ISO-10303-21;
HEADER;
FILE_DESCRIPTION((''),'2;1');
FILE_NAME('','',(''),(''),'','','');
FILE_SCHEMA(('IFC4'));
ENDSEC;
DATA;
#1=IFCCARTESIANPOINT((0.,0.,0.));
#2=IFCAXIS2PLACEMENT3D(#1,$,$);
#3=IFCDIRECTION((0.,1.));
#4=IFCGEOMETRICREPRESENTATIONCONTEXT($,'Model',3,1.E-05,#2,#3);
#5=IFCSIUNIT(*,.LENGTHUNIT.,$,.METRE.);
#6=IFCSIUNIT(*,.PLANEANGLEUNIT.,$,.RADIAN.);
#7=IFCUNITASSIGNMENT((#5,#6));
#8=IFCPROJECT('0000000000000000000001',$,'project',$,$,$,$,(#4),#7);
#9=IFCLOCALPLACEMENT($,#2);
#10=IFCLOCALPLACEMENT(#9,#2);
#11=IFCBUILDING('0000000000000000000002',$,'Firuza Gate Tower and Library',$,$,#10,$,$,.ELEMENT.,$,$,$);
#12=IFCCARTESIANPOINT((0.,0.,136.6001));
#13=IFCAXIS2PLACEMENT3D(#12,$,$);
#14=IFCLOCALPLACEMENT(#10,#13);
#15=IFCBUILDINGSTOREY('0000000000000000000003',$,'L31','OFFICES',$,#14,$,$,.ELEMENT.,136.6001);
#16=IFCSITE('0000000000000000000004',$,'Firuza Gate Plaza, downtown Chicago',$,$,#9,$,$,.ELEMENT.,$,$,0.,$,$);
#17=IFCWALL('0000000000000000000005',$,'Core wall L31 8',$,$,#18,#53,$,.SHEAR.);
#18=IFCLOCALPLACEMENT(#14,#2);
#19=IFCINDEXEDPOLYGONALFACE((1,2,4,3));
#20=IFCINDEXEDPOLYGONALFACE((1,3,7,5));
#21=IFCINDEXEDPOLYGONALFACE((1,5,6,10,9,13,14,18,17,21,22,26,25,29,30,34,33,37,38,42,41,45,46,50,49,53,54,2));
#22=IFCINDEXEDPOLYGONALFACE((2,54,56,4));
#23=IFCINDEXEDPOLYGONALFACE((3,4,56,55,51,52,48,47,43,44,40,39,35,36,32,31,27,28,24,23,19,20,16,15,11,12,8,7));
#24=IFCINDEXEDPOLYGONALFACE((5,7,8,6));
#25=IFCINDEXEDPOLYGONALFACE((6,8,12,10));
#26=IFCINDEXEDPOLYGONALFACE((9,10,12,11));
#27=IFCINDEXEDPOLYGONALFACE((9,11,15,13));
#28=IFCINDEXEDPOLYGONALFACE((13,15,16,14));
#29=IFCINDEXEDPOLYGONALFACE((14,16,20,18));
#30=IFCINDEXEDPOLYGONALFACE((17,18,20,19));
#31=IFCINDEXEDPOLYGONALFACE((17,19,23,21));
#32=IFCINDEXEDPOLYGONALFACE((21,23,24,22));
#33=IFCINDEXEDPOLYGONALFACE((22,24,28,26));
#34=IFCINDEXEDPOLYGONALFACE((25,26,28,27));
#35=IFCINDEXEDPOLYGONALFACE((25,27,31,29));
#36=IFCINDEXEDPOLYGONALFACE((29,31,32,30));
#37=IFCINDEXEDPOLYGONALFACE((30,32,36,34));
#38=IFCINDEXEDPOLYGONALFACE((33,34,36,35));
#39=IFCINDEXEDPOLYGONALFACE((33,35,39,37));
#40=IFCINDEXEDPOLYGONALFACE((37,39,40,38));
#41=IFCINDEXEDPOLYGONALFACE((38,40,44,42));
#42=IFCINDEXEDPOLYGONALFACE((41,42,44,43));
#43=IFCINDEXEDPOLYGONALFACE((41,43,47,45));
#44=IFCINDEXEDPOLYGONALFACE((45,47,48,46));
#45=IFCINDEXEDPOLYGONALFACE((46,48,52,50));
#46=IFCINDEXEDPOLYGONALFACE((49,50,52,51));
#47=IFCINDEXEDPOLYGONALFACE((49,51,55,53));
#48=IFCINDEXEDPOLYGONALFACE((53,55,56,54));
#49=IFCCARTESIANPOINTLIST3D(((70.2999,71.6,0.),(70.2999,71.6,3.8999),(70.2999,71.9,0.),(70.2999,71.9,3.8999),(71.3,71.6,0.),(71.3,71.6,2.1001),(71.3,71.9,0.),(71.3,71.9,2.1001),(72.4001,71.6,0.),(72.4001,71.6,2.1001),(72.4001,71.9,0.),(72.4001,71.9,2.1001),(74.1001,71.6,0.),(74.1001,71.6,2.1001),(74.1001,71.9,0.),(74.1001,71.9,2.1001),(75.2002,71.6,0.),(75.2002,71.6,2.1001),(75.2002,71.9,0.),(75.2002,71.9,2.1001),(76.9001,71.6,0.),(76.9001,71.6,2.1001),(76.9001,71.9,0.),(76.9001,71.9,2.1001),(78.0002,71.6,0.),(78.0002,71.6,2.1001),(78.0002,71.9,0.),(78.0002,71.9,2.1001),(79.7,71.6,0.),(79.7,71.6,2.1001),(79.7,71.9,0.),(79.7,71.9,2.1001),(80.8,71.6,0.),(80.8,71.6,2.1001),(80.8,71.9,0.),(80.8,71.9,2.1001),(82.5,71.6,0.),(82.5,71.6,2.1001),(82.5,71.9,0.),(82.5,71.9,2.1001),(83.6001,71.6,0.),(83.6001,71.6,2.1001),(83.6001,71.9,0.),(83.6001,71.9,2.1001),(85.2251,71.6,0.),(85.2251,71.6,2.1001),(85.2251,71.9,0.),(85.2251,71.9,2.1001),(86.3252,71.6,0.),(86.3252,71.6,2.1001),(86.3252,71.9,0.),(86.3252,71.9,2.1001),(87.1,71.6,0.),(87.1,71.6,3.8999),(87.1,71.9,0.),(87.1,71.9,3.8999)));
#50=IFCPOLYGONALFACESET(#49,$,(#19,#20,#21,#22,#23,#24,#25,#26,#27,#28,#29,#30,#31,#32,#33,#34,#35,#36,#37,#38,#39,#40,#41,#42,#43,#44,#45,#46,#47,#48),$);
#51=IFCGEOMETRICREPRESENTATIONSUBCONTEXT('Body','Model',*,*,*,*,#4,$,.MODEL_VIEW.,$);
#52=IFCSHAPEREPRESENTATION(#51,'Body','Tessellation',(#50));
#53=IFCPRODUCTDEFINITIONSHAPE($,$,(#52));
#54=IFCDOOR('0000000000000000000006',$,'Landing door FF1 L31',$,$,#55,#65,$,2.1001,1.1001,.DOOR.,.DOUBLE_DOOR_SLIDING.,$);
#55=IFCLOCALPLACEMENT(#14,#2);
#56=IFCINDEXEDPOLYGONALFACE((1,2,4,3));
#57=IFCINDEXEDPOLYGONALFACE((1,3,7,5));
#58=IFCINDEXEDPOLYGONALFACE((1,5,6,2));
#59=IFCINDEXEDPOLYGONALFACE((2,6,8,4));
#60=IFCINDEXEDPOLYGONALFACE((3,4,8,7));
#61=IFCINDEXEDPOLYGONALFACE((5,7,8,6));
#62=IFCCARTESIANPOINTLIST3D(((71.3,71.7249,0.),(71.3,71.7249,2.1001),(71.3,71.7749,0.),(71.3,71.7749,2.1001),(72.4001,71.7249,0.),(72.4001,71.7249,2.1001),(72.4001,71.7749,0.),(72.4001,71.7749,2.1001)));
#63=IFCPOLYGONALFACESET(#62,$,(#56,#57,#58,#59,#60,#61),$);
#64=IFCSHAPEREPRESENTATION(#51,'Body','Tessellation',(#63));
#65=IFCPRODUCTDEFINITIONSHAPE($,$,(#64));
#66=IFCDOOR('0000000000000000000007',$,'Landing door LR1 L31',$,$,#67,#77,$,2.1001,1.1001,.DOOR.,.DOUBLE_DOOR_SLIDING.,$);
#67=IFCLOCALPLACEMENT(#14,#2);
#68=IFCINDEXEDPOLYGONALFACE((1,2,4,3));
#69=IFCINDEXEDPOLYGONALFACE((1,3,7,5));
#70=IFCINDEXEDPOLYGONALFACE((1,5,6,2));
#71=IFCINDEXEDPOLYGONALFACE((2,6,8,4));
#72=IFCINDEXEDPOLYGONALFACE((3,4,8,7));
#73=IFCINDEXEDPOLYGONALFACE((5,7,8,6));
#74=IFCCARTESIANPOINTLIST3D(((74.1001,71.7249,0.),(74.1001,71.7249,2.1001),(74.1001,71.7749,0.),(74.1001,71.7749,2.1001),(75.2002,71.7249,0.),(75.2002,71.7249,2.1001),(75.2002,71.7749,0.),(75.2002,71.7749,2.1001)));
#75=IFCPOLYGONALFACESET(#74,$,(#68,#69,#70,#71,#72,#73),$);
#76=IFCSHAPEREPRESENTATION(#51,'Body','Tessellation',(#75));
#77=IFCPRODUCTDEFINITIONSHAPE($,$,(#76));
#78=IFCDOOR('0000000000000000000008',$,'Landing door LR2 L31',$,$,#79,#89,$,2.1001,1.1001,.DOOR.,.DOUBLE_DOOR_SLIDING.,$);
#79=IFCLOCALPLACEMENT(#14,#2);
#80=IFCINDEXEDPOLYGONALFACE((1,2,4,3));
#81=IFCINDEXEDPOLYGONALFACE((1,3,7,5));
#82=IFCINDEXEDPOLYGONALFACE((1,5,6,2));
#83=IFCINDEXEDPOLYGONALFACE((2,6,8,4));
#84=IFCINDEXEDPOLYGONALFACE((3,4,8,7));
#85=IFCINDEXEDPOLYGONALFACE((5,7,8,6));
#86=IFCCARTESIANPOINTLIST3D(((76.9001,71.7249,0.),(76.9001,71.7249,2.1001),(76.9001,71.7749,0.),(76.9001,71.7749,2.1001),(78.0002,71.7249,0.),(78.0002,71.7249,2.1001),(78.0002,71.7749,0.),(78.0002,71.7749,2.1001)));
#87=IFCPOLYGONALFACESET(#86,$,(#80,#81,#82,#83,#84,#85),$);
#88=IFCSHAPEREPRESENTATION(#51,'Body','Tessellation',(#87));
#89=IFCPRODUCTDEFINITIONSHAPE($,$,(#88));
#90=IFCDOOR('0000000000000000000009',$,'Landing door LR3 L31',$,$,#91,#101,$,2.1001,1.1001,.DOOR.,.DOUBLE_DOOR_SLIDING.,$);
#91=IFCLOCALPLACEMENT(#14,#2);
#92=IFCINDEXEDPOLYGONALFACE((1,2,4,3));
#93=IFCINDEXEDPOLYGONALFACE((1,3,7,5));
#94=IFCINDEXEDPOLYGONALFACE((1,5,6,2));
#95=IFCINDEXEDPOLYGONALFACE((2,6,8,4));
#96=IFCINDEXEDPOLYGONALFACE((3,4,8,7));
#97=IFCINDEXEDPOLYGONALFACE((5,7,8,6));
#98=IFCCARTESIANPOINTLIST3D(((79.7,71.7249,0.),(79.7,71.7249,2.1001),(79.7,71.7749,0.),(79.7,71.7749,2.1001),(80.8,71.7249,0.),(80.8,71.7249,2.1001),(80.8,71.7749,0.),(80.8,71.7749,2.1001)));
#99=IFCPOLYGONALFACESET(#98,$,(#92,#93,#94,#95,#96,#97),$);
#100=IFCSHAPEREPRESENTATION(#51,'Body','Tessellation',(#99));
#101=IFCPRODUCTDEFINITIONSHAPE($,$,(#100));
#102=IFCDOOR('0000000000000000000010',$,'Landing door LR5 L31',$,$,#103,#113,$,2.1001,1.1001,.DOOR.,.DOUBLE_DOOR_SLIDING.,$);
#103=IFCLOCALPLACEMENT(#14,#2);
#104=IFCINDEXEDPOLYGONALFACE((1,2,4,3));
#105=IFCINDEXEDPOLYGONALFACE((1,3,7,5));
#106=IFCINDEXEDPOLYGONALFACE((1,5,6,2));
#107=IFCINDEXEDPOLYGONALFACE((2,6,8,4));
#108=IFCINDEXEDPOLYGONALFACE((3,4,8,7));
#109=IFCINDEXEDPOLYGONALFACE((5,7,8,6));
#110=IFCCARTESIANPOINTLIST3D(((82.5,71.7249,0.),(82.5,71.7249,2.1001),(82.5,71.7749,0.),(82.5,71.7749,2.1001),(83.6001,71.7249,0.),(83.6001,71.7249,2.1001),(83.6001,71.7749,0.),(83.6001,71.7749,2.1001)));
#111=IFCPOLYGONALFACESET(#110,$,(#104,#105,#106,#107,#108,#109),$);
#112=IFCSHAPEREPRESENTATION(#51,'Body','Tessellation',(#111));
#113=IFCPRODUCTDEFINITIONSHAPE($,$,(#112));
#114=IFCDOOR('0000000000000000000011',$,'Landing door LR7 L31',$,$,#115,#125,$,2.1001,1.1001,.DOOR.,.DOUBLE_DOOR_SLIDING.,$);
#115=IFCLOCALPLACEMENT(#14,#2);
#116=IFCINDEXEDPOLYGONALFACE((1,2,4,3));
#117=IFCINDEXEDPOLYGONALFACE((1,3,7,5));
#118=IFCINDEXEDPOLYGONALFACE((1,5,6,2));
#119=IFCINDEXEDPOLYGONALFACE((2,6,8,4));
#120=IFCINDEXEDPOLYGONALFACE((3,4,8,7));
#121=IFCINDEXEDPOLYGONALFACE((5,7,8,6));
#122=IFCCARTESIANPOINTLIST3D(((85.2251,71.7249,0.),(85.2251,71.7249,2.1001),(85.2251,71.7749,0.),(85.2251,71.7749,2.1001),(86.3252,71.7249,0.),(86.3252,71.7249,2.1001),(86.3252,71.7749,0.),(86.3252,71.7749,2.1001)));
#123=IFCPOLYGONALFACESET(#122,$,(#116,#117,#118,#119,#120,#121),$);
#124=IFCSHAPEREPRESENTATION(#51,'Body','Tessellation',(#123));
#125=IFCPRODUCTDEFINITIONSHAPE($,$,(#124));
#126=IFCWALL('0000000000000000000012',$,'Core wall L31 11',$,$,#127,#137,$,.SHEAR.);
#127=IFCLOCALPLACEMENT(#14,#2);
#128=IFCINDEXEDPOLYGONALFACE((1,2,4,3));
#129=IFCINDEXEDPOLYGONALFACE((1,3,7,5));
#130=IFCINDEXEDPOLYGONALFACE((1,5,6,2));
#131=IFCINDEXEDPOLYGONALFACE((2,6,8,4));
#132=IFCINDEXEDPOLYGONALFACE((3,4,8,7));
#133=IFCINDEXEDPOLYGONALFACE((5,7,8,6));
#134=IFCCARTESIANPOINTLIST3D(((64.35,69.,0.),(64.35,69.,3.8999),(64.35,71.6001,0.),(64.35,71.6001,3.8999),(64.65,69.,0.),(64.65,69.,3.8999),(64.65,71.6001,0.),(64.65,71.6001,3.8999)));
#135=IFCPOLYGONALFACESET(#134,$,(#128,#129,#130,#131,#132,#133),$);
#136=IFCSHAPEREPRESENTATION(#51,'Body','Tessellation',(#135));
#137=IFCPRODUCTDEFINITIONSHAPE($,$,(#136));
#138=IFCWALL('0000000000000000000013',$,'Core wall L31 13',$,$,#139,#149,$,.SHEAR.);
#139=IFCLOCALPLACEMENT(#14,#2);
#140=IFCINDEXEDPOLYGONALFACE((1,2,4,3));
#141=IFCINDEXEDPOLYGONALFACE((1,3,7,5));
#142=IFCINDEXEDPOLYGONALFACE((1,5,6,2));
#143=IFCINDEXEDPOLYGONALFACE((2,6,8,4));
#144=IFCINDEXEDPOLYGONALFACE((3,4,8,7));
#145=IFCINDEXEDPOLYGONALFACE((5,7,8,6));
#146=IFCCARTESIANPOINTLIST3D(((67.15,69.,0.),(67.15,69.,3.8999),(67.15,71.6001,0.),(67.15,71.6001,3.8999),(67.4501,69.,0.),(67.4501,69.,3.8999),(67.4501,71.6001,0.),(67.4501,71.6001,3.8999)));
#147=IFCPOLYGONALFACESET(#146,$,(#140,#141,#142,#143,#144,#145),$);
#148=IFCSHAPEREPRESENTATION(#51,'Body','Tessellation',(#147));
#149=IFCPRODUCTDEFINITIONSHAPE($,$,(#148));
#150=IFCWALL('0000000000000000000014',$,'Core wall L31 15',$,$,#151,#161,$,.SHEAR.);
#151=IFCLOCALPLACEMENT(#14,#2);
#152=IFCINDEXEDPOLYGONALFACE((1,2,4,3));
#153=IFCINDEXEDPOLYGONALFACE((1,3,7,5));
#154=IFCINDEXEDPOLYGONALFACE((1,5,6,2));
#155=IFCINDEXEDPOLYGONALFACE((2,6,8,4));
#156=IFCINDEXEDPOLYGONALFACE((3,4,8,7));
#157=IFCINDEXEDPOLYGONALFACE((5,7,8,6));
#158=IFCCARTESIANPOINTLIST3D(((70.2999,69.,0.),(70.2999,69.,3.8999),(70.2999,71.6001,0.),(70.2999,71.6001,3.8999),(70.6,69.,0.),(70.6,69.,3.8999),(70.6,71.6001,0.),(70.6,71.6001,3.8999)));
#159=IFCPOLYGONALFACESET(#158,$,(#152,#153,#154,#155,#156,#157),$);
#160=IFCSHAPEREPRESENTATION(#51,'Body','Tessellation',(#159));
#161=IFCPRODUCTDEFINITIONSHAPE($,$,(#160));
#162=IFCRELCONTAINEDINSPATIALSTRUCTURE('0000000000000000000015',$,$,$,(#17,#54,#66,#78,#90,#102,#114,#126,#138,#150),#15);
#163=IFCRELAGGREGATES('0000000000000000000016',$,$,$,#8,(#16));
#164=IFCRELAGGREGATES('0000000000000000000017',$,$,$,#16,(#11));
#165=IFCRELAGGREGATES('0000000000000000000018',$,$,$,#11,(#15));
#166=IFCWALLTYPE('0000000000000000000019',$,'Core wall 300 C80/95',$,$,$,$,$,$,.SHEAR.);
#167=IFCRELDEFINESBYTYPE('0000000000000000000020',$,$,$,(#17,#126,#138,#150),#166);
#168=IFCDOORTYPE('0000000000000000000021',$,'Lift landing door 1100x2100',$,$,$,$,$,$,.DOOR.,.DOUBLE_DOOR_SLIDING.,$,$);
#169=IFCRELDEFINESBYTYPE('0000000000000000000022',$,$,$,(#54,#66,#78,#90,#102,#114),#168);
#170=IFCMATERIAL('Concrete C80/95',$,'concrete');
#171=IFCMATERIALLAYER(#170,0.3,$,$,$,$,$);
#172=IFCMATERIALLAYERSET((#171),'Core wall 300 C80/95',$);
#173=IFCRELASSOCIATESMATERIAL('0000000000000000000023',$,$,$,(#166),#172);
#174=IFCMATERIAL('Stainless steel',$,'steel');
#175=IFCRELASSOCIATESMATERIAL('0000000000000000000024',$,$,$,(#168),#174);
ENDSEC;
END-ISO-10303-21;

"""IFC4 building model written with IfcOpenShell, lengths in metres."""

from ifc_helpers import new_model, si_unit, direction, frame, frame_2d, origin, place, context, subcontext, project, spatial, rectangle, extrude, material, layer, layer_set, type_object, element, fill, save


model = new_model("IFC4")

# Units and contexts
model_context = context("Model", 3, precision=1e-05, world=origin(), true_north=direction((0.0, 1.0)))
body_context = subcontext(model_context, "Body", "Model", "MODEL_VIEW")
ifc_project = project(units=[si_unit("LENGTHUNIT", "METRE"), si_unit("PLANEANGLEUNIT", "RADIAN")], contexts=[model_context])

# Site, building, storey
site_placement = place(None, origin())
site = spatial("IfcSite", under=ifc_project, at=site_placement, Name="Firuza Gate Plaza, downtown Chicago", CompositionType="ELEMENT", RefElevation=0.0)
building_placement = place(site_placement, origin())
building = spatial("IfcBuilding", under=site, at=building_placement, Name="Firuza Gate Tower and Library", CompositionType="ELEMENT")
storey_placement = place(building_placement, frame((0.0, 0.0, 136.6001)))
storey = spatial("IfcBuildingStorey", under=building, at=storey_placement, Name="L31", Description="OFFICES", CompositionType="ELEMENT", Elevation=136.6001)

# Shared definitions
ifc_material_1 = material(Name="Concrete C80/95", Category="concrete")
ifc_layer_1 = layer(ifc_material_1, 0.3)
ifc_layer_set_1 = layer_set([ifc_layer_1], Name="Core wall 300 C80/95")
wall_type_1 = type_object("IfcWallType", Name="Core wall 300 C80/95", PredefinedType="SHEAR", material=ifc_layer_set_1)

# Wall, openings, doors
wall_1_placement = place(storey_placement, frame((70.3, 71.75, 0.0), z_axis=(0.0, 0.0, 1.0), x_axis=(1.0, 0.0, 0.0)))
wall_1 = element("IfcWall", 1, at=wall_1_placement, inside=storey, type_object=wall_type_1, Name="Core wall L31 8", PredefinedType="SHEAR", context=body_context, shape_type="SweptSolid", body=[
    extrude(rectangle(XDim=16.8, YDim=0.3, at=frame_2d((8.3999, 0.0))), origin(), (0.0, 0.0, 1.0), 3.8999),
])
opening_1_placement = place(wall_1_placement, frame((1.0, 0.0, 0.0)))
opening_1 = element("IfcOpeningElement", 2, at=opening_1_placement, cuts=wall_1, PredefinedType="OPENING", context=body_context, shape_type="SweptSolid", body=[
    extrude(rectangle(XDim=1.1001, YDim=2.1001, at=frame_2d((0.55, 1.05))), frame((0.0, 0.1602, 0.0), z_axis=(0.0, -1.0, 0.0), x_axis=(1.0, 0.0, 0.0)), (0.0, 0.0, 1.0), 0.3201),
])
opening_2_placement = place(wall_1_placement, frame((3.8, 0.0, 0.0)))
opening_2 = element("IfcOpeningElement", 3, at=opening_2_placement, cuts=wall_1, PredefinedType="OPENING", context=body_context, shape_type="SweptSolid", body=[
    extrude(rectangle(XDim=1.1001, YDim=2.1001, at=frame_2d((0.55, 1.05))), frame((0.0, 0.1602, 0.0), z_axis=(0.0, -1.0, 0.0), x_axis=(1.0, 0.0, 0.0)), (0.0, 0.0, 1.0), 0.3201),
])
opening_3_placement = place(wall_1_placement, frame((6.6001, 0.0, 0.0)))
opening_3 = element("IfcOpeningElement", 4, at=opening_3_placement, cuts=wall_1, PredefinedType="OPENING", context=body_context, shape_type="SweptSolid", body=[
    extrude(rectangle(XDim=1.1001, YDim=2.1001, at=frame_2d((0.55, 1.05))), frame((0.0, 0.1602, 0.0), z_axis=(0.0, -1.0, 0.0), x_axis=(1.0, 0.0, 0.0)), (0.0, 0.0, 1.0), 0.3201),
])
opening_4_placement = place(wall_1_placement, frame((9.3999, 0.0, 0.0)))
opening_4 = element("IfcOpeningElement", 5, at=opening_4_placement, cuts=wall_1, PredefinedType="OPENING", context=body_context, shape_type="SweptSolid", body=[
    extrude(rectangle(XDim=1.1001, YDim=2.1001, at=frame_2d((0.55, 1.05))), frame((0.0, 0.1602, 0.0), z_axis=(0.0, -1.0, 0.0), x_axis=(1.0, 0.0, 0.0)), (0.0, 0.0, 1.0), 0.3201),
])
opening_5_placement = place(wall_1_placement, frame((12.2, 0.0, 0.0)))
opening_5 = element("IfcOpeningElement", 6, at=opening_5_placement, cuts=wall_1, PredefinedType="OPENING", context=body_context, shape_type="SweptSolid", body=[
    extrude(rectangle(XDim=1.1001, YDim=2.1001, at=frame_2d((0.55, 1.05))), frame((0.0, 0.1602, 0.0), z_axis=(0.0, -1.0, 0.0), x_axis=(1.0, 0.0, 0.0)), (0.0, 0.0, 1.0), 0.3201),
])
opening_6_placement = place(wall_1_placement, frame((14.925, 0.0, 0.0)))
opening_6 = element("IfcOpeningElement", 7, at=opening_6_placement, cuts=wall_1, PredefinedType="OPENING", context=body_context, shape_type="SweptSolid", body=[
    extrude(rectangle(XDim=1.1001, YDim=2.1001, at=frame_2d((0.55, 1.05))), frame((0.0, 0.1602, 0.0), z_axis=(0.0, -1.0, 0.0), x_axis=(1.0, 0.0, 0.0)), (0.0, 0.0, 1.0), 0.3201),
])
ifc_material_2 = material(Name="Stainless steel", Category="steel")
door_type_1 = type_object("IfcDoorType", Name="Lift landing door 1100x2100", OperationType="DOUBLE_DOOR_SLIDING", PredefinedType="DOOR", material=ifc_material_2)
door_1_placement = place(opening_1_placement, origin())
door_1 = element("IfcDoor", 8, at=door_1_placement, inside=storey, type_object=door_type_1, Name="Landing door FF1 L31", OperationType="DOUBLE_DOOR_SLIDING", OverallHeight=2.1001, OverallWidth=1.1001, PredefinedType="DOOR", context=body_context, shape_type="SweptSolid", body=[
    extrude(rectangle(XDim=1.1001, YDim=2.1001, at=frame_2d((0.55, 1.05))), frame((0.0, 0.0249, 0.0), z_axis=(0.0, -1.0, 0.0), x_axis=(1.0, 0.0, 0.0)), (0.0, 0.0, 1.0), 0.05),
])
fill(opening_1, door_1)
door_2_placement = place(opening_2_placement, origin())
door_2 = element("IfcDoor", 9, at=door_2_placement, inside=storey, type_object=door_type_1, Name="Landing door LR1 L31", OperationType="DOUBLE_DOOR_SLIDING", OverallHeight=2.1001, OverallWidth=1.1001, PredefinedType="DOOR", context=body_context, shape_type="SweptSolid", body=[
    extrude(rectangle(XDim=1.1001, YDim=2.1001, at=frame_2d((0.55, 1.05))), frame((0.0, 0.0249, 0.0), z_axis=(0.0, -1.0, 0.0), x_axis=(1.0, 0.0, 0.0)), (0.0, 0.0, 1.0), 0.05),
])
fill(opening_2, door_2)
door_3_placement = place(opening_3_placement, origin())
door_3 = element("IfcDoor", 10, at=door_3_placement, inside=storey, type_object=door_type_1, Name="Landing door LR2 L31", OperationType="DOUBLE_DOOR_SLIDING", OverallHeight=2.1001, OverallWidth=1.1001, PredefinedType="DOOR", context=body_context, shape_type="SweptSolid", body=[
    extrude(rectangle(XDim=1.1001, YDim=2.1001, at=frame_2d((0.55, 1.05))), frame((0.0, 0.0249, 0.0), z_axis=(0.0, -1.0, 0.0), x_axis=(1.0, 0.0, 0.0)), (0.0, 0.0, 1.0), 0.05),
])
fill(opening_3, door_3)
door_4_placement = place(opening_4_placement, origin())
door_4 = element("IfcDoor", 11, at=door_4_placement, inside=storey, type_object=door_type_1, Name="Landing door LR3 L31", OperationType="DOUBLE_DOOR_SLIDING", OverallHeight=2.1001, OverallWidth=1.1001, PredefinedType="DOOR", context=body_context, shape_type="SweptSolid", body=[
    extrude(rectangle(XDim=1.1001, YDim=2.1001, at=frame_2d((0.55, 1.05))), frame((0.0, 0.0249, 0.0), z_axis=(0.0, -1.0, 0.0), x_axis=(1.0, 0.0, 0.0)), (0.0, 0.0, 1.0), 0.05),
])
fill(opening_4, door_4)
door_5_placement = place(opening_5_placement, origin())
door_5 = element("IfcDoor", 12, at=door_5_placement, inside=storey, type_object=door_type_1, Name="Landing door LR5 L31", OperationType="DOUBLE_DOOR_SLIDING", OverallHeight=2.1001, OverallWidth=1.1001, PredefinedType="DOOR", context=body_context, shape_type="SweptSolid", body=[
    extrude(rectangle(XDim=1.1001, YDim=2.1001, at=frame_2d((0.55, 1.05))), frame((0.0, 0.0249, 0.0), z_axis=(0.0, -1.0, 0.0), x_axis=(1.0, 0.0, 0.0)), (0.0, 0.0, 1.0), 0.05),
])
fill(opening_5, door_5)
door_6_placement = place(opening_6_placement, origin())
door_6 = element("IfcDoor", 13, at=door_6_placement, inside=storey, type_object=door_type_1, Name="Landing door LR7 L31", OperationType="DOUBLE_DOOR_SLIDING", OverallHeight=2.1001, OverallWidth=1.1001, PredefinedType="DOOR", context=body_context, shape_type="SweptSolid", body=[
    extrude(rectangle(XDim=1.1001, YDim=2.1001, at=frame_2d((0.55, 1.05))), frame((0.0, 0.0249, 0.0), z_axis=(0.0, -1.0, 0.0), x_axis=(1.0, 0.0, 0.0)), (0.0, 0.0, 1.0), 0.05),
])
fill(opening_6, door_6)

# Walls
for number, where, z_axis, x_axis, name in (
    (14, (64.5, 69.0, 0.0), (0.0, 0.0, 1.0), (0.0, 1.0, 0.0), "Core wall L31 11"),
    (15, (67.3, 69.0, 0.0), (0.0, 0.0, 1.0), (0.0, 1.0, 0.0), "Core wall L31 13"),
    (16, (70.45, 69.0, 0.0), (0.0, 0.0, 1.0), (0.0, 1.0, 0.0), "Core wall L31 15"),
):
    element("IfcWall", number, at=place(storey_placement, frame(where, z_axis=z_axis, x_axis=x_axis)), inside=storey, type_object=wall_type_1, Name=name, PredefinedType="SHEAR", context=body_context, shape_type="SweptSolid", body=[
        extrude(rectangle(XDim=2.6001, YDim=0.3, at=frame_2d((1.3, 0.0))), origin(), (0.0, 0.0, 1.0), 3.8999),
    ])

save(model, "model.ifc")
